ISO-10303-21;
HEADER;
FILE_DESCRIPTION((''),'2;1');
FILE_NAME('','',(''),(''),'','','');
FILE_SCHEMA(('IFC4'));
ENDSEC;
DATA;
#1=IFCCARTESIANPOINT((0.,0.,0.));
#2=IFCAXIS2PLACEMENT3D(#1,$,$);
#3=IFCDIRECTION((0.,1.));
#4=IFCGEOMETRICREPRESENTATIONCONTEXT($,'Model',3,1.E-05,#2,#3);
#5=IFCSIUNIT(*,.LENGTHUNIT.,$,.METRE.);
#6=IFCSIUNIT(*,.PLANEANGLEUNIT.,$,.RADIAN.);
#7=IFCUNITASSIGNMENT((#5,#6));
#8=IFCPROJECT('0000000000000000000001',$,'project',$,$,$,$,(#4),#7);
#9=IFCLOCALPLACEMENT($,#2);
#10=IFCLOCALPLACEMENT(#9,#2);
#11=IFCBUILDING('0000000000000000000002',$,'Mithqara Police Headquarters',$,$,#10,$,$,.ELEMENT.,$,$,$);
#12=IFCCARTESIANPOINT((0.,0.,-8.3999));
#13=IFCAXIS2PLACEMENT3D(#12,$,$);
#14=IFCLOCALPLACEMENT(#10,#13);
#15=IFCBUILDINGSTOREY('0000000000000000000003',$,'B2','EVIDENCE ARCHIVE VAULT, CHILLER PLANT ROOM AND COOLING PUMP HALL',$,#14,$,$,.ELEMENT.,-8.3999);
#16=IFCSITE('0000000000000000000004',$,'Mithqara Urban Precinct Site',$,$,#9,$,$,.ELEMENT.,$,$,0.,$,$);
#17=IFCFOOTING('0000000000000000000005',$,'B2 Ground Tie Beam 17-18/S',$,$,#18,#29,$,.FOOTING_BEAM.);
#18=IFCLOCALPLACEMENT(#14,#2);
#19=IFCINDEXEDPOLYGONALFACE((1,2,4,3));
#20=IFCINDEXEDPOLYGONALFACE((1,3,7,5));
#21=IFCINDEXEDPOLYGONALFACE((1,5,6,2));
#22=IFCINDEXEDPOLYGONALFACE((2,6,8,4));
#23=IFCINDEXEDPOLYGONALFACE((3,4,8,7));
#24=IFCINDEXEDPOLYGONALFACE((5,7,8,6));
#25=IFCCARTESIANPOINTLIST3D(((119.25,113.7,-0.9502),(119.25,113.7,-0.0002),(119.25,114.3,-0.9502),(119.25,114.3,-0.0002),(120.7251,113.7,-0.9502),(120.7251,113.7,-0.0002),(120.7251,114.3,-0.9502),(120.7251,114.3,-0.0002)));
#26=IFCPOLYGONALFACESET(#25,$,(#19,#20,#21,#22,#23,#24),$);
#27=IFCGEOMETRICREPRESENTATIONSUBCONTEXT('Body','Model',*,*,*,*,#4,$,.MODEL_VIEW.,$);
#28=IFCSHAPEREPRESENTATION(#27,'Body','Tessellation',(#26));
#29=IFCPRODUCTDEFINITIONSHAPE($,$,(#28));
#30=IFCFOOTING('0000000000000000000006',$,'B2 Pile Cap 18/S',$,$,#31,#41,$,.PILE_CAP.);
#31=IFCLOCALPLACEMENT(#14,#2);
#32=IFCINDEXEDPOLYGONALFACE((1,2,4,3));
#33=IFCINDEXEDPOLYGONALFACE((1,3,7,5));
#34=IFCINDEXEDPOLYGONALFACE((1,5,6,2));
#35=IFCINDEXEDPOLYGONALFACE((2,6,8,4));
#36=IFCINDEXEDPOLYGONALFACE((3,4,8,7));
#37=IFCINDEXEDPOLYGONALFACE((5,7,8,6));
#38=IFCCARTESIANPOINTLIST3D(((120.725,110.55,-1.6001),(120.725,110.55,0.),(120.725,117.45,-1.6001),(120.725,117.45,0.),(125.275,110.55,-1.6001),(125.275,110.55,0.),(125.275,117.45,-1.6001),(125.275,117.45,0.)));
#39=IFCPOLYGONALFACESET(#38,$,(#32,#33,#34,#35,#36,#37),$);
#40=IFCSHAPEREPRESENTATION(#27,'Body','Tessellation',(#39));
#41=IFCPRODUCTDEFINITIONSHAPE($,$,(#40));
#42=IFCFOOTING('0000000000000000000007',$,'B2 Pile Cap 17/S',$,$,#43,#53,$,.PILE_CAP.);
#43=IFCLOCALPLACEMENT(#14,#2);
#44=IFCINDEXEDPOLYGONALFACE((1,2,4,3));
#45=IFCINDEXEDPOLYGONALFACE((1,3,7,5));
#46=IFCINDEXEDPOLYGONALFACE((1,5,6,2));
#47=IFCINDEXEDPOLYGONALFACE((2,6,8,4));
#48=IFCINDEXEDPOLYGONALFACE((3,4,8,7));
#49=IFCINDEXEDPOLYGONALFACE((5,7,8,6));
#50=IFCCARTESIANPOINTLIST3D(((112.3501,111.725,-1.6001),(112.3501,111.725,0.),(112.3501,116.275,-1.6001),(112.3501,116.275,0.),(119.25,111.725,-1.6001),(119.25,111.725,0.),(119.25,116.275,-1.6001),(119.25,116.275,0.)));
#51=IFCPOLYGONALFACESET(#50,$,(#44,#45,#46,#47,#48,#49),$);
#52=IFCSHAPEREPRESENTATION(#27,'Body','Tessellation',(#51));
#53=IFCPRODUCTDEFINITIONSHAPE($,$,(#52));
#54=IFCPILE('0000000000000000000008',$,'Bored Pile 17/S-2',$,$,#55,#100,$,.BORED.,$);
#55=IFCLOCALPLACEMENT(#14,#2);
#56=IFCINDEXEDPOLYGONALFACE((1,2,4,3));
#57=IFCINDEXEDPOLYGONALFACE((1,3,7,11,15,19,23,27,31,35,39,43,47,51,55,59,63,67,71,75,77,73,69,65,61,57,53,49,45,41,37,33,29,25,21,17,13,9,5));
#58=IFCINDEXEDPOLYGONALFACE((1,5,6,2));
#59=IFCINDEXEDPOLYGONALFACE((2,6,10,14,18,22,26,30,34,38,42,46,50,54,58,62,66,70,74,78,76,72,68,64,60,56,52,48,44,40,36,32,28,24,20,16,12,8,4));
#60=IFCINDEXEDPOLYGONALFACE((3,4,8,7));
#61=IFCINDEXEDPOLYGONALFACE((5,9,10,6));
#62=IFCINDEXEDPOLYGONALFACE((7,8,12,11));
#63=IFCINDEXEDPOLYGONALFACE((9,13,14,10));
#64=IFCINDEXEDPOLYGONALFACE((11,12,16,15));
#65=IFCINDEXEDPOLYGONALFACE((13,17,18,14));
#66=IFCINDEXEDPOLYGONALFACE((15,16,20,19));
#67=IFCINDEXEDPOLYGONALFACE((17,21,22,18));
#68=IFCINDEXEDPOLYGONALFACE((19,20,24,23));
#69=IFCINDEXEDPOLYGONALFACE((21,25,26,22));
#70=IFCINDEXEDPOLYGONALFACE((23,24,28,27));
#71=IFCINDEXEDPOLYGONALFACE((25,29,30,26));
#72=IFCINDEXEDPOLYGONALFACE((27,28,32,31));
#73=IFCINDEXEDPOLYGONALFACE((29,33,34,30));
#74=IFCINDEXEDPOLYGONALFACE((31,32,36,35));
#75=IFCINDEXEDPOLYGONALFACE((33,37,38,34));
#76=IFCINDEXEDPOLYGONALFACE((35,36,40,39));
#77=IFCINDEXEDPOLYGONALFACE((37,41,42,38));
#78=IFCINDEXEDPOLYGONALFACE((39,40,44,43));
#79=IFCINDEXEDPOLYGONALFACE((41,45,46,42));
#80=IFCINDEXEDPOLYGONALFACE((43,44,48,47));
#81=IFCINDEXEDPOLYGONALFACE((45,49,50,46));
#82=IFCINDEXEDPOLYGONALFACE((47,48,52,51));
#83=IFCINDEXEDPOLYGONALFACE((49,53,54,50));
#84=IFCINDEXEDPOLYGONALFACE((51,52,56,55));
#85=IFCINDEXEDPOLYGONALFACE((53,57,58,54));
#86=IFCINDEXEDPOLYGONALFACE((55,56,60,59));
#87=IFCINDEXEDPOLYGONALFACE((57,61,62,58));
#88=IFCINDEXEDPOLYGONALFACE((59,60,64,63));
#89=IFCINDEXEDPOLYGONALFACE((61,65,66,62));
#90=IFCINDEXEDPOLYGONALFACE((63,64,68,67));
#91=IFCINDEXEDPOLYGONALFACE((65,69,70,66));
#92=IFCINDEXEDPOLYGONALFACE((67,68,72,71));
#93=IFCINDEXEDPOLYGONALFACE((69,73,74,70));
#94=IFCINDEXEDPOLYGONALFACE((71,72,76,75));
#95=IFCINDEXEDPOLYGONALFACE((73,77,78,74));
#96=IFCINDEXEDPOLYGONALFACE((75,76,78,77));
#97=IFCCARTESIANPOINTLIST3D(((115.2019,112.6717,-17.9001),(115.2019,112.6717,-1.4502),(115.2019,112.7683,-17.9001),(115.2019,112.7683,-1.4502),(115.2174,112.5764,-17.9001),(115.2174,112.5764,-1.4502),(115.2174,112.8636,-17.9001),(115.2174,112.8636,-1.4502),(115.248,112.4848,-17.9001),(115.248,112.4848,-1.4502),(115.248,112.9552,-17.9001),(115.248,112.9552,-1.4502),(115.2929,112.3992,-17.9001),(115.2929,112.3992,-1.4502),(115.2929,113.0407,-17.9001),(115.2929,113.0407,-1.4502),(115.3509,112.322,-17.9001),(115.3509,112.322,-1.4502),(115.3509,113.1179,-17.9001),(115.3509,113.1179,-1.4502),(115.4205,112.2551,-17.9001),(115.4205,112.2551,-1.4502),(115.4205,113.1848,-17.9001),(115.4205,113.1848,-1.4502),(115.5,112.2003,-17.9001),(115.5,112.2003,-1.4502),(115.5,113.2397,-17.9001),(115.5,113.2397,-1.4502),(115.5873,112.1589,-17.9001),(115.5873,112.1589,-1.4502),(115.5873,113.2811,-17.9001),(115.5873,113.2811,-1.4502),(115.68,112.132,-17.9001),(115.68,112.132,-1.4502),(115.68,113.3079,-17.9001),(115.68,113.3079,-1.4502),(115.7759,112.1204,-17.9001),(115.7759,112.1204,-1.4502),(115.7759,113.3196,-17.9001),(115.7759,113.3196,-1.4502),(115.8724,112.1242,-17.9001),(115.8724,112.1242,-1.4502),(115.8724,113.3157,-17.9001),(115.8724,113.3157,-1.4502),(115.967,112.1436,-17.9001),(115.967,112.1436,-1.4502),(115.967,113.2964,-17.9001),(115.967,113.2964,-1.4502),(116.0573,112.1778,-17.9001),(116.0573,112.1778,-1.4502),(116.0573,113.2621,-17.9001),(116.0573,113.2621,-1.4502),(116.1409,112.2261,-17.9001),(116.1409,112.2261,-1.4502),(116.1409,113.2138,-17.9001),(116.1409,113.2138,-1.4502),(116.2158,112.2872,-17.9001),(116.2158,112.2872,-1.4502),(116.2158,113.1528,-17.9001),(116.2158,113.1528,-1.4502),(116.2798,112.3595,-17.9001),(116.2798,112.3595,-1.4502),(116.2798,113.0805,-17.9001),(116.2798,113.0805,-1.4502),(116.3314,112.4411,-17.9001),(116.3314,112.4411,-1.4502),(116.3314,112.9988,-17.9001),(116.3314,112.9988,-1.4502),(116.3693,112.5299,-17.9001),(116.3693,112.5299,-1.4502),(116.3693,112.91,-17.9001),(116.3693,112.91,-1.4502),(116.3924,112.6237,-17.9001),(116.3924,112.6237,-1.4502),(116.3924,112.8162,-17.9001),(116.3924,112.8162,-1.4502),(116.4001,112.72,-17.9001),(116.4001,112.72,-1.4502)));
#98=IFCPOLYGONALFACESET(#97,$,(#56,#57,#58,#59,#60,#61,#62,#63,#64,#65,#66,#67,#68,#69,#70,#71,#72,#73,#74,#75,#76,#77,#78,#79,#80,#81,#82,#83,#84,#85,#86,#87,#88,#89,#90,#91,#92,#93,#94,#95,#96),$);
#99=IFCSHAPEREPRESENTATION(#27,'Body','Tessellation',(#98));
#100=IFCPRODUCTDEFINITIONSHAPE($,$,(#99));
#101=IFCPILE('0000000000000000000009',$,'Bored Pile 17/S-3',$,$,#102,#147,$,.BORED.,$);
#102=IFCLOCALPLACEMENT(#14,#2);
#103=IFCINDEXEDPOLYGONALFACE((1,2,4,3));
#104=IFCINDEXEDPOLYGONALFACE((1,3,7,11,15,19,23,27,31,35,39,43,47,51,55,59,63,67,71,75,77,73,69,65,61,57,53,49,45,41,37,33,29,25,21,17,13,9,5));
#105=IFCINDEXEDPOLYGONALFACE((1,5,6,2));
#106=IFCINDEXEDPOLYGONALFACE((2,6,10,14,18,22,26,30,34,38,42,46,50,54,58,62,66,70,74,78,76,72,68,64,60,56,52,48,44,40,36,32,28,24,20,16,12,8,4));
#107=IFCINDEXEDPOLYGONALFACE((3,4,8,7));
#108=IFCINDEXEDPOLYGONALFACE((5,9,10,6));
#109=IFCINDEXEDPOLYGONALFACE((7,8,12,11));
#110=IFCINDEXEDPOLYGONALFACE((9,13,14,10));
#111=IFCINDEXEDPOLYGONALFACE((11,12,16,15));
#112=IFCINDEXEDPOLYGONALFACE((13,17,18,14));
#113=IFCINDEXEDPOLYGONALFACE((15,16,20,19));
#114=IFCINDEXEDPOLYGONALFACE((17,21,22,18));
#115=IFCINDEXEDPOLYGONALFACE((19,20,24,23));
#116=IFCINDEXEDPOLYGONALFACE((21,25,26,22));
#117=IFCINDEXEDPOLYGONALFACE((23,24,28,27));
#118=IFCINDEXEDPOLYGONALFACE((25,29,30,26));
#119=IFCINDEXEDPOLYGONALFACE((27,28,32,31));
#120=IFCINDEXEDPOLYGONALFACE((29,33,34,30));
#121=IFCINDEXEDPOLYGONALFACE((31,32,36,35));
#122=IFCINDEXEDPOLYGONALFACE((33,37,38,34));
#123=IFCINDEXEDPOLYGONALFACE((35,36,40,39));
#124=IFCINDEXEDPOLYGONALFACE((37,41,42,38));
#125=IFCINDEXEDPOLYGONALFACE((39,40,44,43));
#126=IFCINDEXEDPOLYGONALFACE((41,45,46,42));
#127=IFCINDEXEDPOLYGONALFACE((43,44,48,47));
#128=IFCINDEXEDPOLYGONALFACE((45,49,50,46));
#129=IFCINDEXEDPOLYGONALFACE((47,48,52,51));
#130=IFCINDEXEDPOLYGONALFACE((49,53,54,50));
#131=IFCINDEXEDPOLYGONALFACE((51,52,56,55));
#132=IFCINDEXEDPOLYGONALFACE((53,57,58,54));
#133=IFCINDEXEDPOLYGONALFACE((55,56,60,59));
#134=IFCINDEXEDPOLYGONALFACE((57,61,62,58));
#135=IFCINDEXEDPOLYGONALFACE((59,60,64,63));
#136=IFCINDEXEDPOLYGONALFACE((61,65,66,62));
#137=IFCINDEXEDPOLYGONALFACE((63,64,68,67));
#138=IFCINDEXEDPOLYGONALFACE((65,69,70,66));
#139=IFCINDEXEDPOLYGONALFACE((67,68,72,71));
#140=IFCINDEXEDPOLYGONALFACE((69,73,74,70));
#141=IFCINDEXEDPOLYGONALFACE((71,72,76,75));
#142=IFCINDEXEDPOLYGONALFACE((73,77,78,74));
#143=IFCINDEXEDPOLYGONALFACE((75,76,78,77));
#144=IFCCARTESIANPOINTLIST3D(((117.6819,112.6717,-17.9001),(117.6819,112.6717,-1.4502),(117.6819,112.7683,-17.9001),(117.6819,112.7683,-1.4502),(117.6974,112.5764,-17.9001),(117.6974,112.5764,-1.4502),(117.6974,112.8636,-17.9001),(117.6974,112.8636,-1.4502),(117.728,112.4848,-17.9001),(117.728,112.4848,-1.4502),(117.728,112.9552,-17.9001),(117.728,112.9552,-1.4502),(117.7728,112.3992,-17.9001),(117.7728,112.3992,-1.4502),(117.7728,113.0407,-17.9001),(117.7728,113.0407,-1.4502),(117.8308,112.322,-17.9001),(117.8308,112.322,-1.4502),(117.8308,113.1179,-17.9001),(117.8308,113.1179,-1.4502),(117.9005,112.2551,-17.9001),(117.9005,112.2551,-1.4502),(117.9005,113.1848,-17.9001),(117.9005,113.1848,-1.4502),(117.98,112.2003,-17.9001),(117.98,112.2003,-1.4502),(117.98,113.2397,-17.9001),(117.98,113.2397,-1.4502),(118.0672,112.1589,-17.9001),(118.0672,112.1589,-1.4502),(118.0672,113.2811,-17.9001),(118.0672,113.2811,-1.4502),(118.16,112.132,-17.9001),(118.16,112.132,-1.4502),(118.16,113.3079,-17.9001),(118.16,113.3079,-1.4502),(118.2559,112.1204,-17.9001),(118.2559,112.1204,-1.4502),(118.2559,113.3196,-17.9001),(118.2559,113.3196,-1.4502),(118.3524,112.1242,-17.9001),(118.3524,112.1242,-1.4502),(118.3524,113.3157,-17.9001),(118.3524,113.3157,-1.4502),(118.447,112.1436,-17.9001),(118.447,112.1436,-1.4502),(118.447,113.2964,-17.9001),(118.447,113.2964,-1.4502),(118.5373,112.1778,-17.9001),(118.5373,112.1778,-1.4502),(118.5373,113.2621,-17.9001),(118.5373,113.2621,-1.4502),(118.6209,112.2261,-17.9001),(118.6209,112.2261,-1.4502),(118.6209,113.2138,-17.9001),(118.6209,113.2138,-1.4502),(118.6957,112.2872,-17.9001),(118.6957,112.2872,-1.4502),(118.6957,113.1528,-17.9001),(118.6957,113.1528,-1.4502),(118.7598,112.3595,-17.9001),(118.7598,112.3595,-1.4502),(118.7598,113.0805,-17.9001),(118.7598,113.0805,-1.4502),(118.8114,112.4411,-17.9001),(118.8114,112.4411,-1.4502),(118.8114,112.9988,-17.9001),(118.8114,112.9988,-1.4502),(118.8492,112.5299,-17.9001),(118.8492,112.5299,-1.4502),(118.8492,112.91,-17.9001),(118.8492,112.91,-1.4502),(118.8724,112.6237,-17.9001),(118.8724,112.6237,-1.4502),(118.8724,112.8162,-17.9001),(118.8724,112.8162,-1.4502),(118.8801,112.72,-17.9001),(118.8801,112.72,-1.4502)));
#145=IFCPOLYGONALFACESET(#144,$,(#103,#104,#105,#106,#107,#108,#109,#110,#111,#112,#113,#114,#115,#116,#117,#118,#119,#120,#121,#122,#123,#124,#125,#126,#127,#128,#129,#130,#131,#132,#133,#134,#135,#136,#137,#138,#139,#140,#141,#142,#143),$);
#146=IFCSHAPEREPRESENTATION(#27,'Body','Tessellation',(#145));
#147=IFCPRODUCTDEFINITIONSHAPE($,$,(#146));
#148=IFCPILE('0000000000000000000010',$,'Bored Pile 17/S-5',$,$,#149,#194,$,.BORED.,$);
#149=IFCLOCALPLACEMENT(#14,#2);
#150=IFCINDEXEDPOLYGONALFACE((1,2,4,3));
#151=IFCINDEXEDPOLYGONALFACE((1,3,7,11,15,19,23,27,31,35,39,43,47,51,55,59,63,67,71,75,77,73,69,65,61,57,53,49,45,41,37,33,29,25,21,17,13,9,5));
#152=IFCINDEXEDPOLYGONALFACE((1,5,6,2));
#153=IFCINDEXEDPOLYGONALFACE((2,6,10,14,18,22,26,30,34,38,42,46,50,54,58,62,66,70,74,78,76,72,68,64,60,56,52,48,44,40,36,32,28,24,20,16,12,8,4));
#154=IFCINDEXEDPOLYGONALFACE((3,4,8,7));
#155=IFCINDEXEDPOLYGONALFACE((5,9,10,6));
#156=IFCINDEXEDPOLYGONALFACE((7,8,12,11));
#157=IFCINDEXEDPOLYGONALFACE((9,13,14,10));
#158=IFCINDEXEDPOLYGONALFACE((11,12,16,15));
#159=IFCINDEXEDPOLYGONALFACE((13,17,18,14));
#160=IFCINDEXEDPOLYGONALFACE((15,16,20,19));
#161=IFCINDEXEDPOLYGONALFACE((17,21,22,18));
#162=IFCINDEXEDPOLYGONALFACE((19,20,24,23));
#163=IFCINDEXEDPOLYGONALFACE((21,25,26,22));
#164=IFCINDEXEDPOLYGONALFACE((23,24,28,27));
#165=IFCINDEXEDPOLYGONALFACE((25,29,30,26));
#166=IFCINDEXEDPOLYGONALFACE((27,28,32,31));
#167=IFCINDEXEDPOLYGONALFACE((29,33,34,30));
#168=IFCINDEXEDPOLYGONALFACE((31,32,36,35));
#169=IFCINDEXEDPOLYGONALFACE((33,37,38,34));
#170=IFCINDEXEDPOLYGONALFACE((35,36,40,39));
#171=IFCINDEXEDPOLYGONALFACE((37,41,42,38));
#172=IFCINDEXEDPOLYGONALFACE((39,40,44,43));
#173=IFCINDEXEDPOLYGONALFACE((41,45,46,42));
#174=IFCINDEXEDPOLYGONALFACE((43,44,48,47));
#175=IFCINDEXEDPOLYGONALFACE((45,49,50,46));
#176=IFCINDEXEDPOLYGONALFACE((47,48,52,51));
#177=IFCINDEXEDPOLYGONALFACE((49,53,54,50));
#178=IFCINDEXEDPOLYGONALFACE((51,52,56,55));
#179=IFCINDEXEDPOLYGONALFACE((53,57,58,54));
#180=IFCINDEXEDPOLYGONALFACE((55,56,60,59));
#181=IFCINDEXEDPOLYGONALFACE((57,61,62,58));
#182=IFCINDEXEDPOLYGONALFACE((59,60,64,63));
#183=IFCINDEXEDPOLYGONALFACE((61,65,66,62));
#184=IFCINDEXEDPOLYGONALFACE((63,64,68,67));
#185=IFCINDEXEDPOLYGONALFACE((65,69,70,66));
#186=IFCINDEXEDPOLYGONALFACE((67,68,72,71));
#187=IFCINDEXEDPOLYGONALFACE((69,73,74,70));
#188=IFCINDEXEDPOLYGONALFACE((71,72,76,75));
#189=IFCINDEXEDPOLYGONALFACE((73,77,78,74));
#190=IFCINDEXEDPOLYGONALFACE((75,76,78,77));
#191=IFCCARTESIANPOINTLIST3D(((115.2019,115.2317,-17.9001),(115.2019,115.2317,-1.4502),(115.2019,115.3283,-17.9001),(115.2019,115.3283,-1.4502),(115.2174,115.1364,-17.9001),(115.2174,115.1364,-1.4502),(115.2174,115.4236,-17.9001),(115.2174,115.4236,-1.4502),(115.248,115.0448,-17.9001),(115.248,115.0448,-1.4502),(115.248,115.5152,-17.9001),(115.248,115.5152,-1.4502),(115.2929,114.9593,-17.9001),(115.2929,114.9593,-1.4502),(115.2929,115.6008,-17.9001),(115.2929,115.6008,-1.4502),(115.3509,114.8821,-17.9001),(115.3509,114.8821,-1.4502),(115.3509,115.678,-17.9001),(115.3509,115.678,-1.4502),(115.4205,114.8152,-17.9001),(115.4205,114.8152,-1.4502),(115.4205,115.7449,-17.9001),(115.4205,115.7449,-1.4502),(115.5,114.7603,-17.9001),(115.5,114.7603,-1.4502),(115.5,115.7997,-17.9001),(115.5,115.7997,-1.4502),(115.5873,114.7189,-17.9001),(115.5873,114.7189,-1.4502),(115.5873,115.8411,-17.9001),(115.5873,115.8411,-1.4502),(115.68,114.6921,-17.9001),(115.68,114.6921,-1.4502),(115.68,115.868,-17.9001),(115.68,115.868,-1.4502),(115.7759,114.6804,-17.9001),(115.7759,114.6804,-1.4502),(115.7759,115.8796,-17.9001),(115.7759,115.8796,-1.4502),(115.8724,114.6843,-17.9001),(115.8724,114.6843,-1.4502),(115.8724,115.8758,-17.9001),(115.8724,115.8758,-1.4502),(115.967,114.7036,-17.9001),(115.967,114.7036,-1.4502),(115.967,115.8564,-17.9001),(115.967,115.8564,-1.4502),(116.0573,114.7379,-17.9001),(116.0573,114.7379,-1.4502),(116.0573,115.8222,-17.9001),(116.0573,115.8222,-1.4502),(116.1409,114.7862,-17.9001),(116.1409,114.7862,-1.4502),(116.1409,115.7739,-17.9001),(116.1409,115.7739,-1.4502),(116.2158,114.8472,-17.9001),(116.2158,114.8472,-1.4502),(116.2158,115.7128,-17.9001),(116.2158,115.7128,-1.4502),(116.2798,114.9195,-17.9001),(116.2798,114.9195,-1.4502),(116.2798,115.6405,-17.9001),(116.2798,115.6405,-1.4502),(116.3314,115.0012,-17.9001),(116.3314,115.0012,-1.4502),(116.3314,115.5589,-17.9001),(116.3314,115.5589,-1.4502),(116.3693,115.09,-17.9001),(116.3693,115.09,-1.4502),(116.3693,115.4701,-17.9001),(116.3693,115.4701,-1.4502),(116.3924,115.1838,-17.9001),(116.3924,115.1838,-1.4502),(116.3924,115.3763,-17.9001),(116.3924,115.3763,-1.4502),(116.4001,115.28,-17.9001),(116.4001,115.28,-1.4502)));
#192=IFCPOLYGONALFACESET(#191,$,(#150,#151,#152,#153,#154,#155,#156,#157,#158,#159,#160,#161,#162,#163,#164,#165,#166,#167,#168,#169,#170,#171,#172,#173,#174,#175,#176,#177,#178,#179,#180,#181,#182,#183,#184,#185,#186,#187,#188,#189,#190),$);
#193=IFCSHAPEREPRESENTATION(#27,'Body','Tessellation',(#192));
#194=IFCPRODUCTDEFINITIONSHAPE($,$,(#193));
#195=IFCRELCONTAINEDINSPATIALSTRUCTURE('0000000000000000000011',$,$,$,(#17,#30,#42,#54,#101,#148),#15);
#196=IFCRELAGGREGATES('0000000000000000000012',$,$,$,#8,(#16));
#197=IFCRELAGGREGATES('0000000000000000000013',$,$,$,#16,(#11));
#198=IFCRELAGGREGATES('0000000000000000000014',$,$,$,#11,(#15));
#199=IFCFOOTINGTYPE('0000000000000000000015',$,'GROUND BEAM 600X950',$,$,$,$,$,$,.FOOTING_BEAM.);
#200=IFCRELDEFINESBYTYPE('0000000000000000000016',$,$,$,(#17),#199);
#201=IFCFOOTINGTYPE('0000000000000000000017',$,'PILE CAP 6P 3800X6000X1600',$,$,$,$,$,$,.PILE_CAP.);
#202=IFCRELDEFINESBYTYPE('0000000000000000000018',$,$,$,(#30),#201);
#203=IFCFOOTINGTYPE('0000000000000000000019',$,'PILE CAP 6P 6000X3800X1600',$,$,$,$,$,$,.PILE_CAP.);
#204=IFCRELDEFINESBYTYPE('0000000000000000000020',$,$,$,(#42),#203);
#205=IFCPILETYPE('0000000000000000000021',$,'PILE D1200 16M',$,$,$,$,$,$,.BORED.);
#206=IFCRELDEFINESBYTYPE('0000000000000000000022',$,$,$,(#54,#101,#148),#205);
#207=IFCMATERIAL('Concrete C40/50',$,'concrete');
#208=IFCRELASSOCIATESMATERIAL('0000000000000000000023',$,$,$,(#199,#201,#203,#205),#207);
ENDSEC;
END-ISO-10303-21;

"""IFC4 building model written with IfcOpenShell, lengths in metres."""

from ifc_helpers import new_model, si_unit, direction, frame, origin, origin_2d, place, context, subcontext, project, spatial, rectangle, circle, extrude, material, material_profile, profile_set, type_object, element, save


model = new_model("IFC4")

# Units and contexts
model_context = context("Model", 3, precision=1e-05, world=origin(), true_north=direction((0.0, 1.0)))
body_context = subcontext(model_context, "Body", "Model", "MODEL_VIEW")
ifc_project = project(units=[si_unit("LENGTHUNIT", "METRE"), si_unit("PLANEANGLEUNIT", "RADIAN")], contexts=[model_context])

# Site, building, storey
site_placement = place(None, origin())
site = spatial("IfcSite", under=ifc_project, at=site_placement, Name="Mithqara Urban Precinct Site", CompositionType="ELEMENT", RefElevation=0.0)
building_placement = place(site_placement, origin())
building = spatial("IfcBuilding", under=site, at=building_placement, Name="Mithqara Police Headquarters", CompositionType="ELEMENT")
storey_placement = place(building_placement, frame((0.0, 0.0, -8.3999)))
storey = spatial("IfcBuildingStorey", under=building, at=storey_placement, Name="B2", Description="EVIDENCE ARCHIVE VAULT, CHILLER PLANT ROOM AND COOLING PUMP HALL", CompositionType="ELEMENT", Elevation=-8.3999)

# Footings
ifc_material_1 = material(Name="Concrete C40/50", Category="concrete")
footing_type_1 = type_object("IfcFootingType", Name="GROUND BEAM 600X950", PredefinedType="FOOTING_BEAM", material=ifc_material_1)
footing_1_placement = place(storey_placement, frame((119.9875, 114.0, -0.9502), z_axis=(0.0, 0.0, 1.0), x_axis=(1.0, 0.0, 0.0)))
element("IfcFooting", 1, at=footing_1_placement, inside=storey, type_object=footing_type_1, Name="B2 Ground Tie Beam 17-18/S", PredefinedType="FOOTING_BEAM", context=body_context, shape_type="SweptSolid", body=[
    extrude(rectangle(XDim=1.4751, YDim=0.6001, at=origin_2d()), origin(), (0.0, 0.0, 1.0), 0.95),
])
footing_type_2 = type_object("IfcFootingType", Name="PILE CAP 6P 3800X6000X1600", PredefinedType="PILE_CAP", material=ifc_material_1)
footing_2_placement = place(storey_placement, frame((123.0, 114.0, -1.6001), z_axis=(0.0, 0.0, 1.0), x_axis=(1.0, 0.0, 0.0)))
element("IfcFooting", 2, at=footing_2_placement, inside=storey, type_object=footing_type_2, Name="B2 Pile Cap 18/S", PredefinedType="PILE_CAP", context=body_context, shape_type="SweptSolid", body=[
    extrude(rectangle(XDim=4.55, YDim=6.8999, at=origin_2d()), origin(), (0.0, 0.0, 1.0), 1.6001),
])
footing_type_3 = type_object("IfcFootingType", Name="PILE CAP 6P 6000X3800X1600", PredefinedType="PILE_CAP", material=ifc_material_1)
footing_3_placement = place(storey_placement, frame((115.8, 114.0, -1.6001), z_axis=(0.0, 0.0, 1.0), x_axis=(1.0, 0.0, 0.0)))
element("IfcFooting", 3, at=footing_3_placement, inside=storey, type_object=footing_type_3, Name="B2 Pile Cap 17/S", PredefinedType="PILE_CAP", context=body_context, shape_type="SweptSolid", body=[
    extrude(rectangle(XDim=6.8999, YDim=4.55, at=origin_2d()), origin(), (0.0, 0.0, 1.0), 1.6001),
])

# Piles
ifc_material_profile_1 = material_profile(ifc_material_1, circle(Radius=0.6001, at=origin_2d()), Name="PILE D1200")
ifc_profile_set_1 = profile_set([ifc_material_profile_1], Name="Concrete C40/50")
pile_type = type_object("IfcPileType", Name="PILE D1200 16M", PredefinedType="BORED", material=ifc_profile_set_1)
for number, where, z_axis, x_axis, name in (
    (4, (115.8, 112.72, -1.4502), (0.0, 0.0, -1.0), (1.0, 0.0, 0.0), "Bored Pile 17/S-2"),
    (5, (118.28, 112.72, -1.4502), (0.0, 0.0, -1.0), (1.0, 0.0, 0.0), "Bored Pile 17/S-3"),
    (6, (115.8, 115.28, -1.4502), (0.0, 0.0, -1.0), (1.0, 0.0, 0.0), "Bored Pile 17/S-5"),
):
    element("IfcPile", number, at=place(storey_placement, frame(where, z_axis=z_axis, x_axis=x_axis)), inside=storey, type_object=pile_type, Name=name, PredefinedType="BORED", context=body_context, shape_type="SweptSolid", body=[
        extrude(circle(Radius=0.6001, at=origin_2d()), origin(), (0.0, 0.0, 1.0), 16.45),
    ])

save(model, "model.ifc")
